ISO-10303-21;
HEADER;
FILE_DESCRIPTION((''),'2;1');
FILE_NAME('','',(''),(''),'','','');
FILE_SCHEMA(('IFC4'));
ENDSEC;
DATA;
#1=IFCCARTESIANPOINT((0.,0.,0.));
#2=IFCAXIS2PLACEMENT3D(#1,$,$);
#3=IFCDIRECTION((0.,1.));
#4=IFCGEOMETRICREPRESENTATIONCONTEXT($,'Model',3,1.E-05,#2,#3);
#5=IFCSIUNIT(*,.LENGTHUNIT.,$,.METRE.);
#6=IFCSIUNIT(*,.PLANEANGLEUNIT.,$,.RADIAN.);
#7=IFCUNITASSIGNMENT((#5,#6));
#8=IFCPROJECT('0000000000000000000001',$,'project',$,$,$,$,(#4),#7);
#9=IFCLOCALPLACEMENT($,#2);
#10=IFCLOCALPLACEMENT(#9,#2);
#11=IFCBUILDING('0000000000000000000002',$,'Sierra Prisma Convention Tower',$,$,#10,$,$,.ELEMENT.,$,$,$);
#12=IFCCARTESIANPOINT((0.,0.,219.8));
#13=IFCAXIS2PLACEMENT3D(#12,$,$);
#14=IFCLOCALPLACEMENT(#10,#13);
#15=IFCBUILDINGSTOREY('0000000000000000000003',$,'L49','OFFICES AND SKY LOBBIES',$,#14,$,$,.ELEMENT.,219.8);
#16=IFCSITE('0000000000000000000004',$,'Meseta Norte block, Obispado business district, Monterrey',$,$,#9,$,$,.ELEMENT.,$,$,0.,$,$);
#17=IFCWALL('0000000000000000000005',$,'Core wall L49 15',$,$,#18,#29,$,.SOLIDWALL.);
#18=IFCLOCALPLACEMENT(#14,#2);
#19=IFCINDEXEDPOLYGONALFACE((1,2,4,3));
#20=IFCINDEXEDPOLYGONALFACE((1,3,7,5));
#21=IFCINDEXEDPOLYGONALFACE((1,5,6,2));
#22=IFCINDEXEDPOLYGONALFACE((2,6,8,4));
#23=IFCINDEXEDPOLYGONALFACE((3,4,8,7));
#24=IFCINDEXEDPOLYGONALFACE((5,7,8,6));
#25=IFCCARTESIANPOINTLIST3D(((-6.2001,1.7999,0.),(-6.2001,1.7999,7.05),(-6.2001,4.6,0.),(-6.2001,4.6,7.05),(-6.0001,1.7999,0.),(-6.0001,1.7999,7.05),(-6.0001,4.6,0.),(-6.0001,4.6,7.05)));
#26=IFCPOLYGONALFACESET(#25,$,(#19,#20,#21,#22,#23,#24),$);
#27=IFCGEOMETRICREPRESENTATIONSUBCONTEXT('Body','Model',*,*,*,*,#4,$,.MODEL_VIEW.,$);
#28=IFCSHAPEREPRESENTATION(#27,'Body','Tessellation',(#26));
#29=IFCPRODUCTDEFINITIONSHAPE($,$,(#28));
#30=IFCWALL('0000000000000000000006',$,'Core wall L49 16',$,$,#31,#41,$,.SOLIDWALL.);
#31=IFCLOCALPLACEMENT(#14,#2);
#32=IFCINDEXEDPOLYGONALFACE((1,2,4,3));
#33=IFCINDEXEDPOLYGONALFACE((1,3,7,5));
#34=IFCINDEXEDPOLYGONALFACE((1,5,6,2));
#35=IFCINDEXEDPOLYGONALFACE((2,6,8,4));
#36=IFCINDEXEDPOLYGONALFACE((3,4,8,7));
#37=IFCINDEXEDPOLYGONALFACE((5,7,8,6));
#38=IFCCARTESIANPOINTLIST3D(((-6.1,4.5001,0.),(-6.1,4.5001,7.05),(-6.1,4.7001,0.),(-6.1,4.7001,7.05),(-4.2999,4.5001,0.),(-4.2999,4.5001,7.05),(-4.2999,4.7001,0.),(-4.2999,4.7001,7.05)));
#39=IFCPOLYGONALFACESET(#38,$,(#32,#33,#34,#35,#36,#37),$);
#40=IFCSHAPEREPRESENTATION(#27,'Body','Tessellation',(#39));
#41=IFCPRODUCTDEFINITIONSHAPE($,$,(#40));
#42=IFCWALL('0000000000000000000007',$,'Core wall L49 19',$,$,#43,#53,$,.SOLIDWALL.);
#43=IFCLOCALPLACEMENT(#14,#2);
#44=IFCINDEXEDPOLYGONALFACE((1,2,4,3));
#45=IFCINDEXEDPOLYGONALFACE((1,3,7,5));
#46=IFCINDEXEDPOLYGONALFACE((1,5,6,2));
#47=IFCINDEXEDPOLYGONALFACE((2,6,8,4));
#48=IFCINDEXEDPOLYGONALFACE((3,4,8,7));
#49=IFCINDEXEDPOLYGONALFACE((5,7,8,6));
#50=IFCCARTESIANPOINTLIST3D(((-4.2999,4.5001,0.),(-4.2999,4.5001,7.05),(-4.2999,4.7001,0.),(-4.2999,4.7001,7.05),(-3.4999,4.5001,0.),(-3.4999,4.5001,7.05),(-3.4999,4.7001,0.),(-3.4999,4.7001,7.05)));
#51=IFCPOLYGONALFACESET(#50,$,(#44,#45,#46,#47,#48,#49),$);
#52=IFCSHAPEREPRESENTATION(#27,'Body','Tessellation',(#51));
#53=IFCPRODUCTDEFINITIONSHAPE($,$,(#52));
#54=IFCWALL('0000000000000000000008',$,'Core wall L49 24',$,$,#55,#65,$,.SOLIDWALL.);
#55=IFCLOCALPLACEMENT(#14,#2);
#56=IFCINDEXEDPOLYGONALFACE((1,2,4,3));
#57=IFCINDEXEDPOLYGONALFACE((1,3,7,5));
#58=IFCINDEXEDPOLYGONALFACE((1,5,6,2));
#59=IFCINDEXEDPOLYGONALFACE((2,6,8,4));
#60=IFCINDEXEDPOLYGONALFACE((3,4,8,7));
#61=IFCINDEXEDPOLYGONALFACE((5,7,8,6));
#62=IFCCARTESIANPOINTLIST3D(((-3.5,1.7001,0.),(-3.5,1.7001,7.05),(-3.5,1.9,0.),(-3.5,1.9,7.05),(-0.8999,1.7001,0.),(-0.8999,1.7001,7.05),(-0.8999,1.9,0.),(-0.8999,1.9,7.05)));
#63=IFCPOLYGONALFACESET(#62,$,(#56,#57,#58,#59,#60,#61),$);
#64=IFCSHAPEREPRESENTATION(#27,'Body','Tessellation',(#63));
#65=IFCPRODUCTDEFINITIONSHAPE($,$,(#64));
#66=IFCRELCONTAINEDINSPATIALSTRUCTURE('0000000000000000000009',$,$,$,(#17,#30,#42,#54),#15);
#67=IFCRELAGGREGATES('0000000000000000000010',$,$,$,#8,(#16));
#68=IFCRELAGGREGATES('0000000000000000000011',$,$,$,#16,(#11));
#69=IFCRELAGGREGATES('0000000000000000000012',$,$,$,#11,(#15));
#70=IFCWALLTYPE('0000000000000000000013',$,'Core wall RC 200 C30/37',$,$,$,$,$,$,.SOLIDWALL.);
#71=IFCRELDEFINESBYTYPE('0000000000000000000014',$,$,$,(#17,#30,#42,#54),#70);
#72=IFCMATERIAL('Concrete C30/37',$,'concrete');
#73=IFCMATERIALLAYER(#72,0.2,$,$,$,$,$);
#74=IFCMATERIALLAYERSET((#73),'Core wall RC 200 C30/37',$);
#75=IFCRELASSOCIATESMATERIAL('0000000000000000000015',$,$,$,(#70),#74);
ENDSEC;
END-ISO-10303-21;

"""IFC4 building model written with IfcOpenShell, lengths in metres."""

from ifc_helpers import new_model, si_unit, direction, frame, frame_2d, origin, place, context, subcontext, project, spatial, rectangle, extrude, material, layer, layer_set, type_object, element, save


model = new_model("IFC4")

# Units and contexts
model_context = context("Model", 3, precision=1e-05, world=origin(), true_north=direction((0.0, 1.0)))
body_context = subcontext(model_context, "Body", "Model", "MODEL_VIEW")
ifc_project = project(units=[si_unit("LENGTHUNIT", "METRE"), si_unit("PLANEANGLEUNIT", "RADIAN")], contexts=[model_context])

# Site, building, storey
site_placement = place(None, origin())
site = spatial("IfcSite", under=ifc_project, at=site_placement, Name="Meseta Norte block, Obispado business district, Monterrey", CompositionType="ELEMENT", RefElevation=0.0)
building_placement = place(site_placement, origin())
building = spatial("IfcBuilding", under=site, at=building_placement, Name="Sierra Prisma Convention Tower", CompositionType="ELEMENT")
storey_placement = place(building_placement, frame((0.0, 0.0, 219.8)))
storey = spatial("IfcBuildingStorey", under=building, at=storey_placement, Name="L49", Description="OFFICES AND SKY LOBBIES", CompositionType="ELEMENT", Elevation=219.8)

# Shared definitions
ifc_material_1 = material(Name="Concrete C30/37", Category="concrete")
ifc_layer_1 = layer(ifc_material_1, 0.2)
ifc_layer_set_1 = layer_set([ifc_layer_1], Name="Core wall RC 200 C30/37")
wall_type = type_object("IfcWallType", Name="Core wall RC 200 C30/37", PredefinedType="SOLIDWALL", material=ifc_layer_set_1)

# Walls
wall_1_placement = place(storey_placement, frame((-6.1001, 1.8, 0.0), z_axis=(0.0, 0.0, 1.0), x_axis=(0.0, 1.0, 0.0)))
element("IfcWall", 1, at=wall_1_placement, inside=storey, type_object=wall_type, Name="Core wall L49 15", PredefinedType="SOLIDWALL", context=body_context, shape_type="SweptSolid", body=[
    extrude(rectangle(XDim=2.8, YDim=0.2, at=frame_2d((1.3999, 0.0))), origin(), (0.0, 0.0, 1.0), 7.05),
])
wall_2_placement = place(storey_placement, frame((-4.3, 4.6001, 0.0), z_axis=(0.0, 0.0, 1.0), x_axis=(-1.0, 0.0, 0.0)))
element("IfcWall", 2, at=wall_2_placement, inside=storey, type_object=wall_type, Name="Core wall L49 16", PredefinedType="SOLIDWALL", context=body_context, shape_type="SweptSolid", body=[
    extrude(rectangle(XDim=1.8, YDim=0.2, at=frame_2d((0.8999, 0.0))), origin(), (0.0, 0.0, 1.0), 7.05),
])
wall_3_placement = place(storey_placement, frame((-3.5, 4.6001, 0.0), z_axis=(0.0, 0.0, 1.0), x_axis=(-1.0, 0.0, 0.0)))
element("IfcWall", 3, at=wall_3_placement, inside=storey, type_object=wall_type, Name="Core wall L49 19", PredefinedType="SOLIDWALL", context=body_context, shape_type="SweptSolid", body=[
    extrude(rectangle(XDim=0.8, YDim=0.2, at=frame_2d((0.3999, 0.0))), origin(), (0.0, 0.0, 1.0), 7.05),
])

# Wall
wall_4_placement = place(storey_placement, frame((-0.8999, 1.8, 0.0), z_axis=(0.0, 0.0, 1.0), x_axis=(-1.0, 0.0, 0.0)))
element("IfcWall", 4, at=wall_4_placement, inside=storey, type_object=wall_type, Name="Core wall L49 24", PredefinedType="SOLIDWALL", context=body_context, shape_type="SweptSolid", body=[
    extrude(rectangle(XDim=2.6001, YDim=0.2, at=frame_2d((1.3, 0.0))), origin(), (0.0, 0.0, 1.0), 7.05),
])

save(model, "model.ifc")
